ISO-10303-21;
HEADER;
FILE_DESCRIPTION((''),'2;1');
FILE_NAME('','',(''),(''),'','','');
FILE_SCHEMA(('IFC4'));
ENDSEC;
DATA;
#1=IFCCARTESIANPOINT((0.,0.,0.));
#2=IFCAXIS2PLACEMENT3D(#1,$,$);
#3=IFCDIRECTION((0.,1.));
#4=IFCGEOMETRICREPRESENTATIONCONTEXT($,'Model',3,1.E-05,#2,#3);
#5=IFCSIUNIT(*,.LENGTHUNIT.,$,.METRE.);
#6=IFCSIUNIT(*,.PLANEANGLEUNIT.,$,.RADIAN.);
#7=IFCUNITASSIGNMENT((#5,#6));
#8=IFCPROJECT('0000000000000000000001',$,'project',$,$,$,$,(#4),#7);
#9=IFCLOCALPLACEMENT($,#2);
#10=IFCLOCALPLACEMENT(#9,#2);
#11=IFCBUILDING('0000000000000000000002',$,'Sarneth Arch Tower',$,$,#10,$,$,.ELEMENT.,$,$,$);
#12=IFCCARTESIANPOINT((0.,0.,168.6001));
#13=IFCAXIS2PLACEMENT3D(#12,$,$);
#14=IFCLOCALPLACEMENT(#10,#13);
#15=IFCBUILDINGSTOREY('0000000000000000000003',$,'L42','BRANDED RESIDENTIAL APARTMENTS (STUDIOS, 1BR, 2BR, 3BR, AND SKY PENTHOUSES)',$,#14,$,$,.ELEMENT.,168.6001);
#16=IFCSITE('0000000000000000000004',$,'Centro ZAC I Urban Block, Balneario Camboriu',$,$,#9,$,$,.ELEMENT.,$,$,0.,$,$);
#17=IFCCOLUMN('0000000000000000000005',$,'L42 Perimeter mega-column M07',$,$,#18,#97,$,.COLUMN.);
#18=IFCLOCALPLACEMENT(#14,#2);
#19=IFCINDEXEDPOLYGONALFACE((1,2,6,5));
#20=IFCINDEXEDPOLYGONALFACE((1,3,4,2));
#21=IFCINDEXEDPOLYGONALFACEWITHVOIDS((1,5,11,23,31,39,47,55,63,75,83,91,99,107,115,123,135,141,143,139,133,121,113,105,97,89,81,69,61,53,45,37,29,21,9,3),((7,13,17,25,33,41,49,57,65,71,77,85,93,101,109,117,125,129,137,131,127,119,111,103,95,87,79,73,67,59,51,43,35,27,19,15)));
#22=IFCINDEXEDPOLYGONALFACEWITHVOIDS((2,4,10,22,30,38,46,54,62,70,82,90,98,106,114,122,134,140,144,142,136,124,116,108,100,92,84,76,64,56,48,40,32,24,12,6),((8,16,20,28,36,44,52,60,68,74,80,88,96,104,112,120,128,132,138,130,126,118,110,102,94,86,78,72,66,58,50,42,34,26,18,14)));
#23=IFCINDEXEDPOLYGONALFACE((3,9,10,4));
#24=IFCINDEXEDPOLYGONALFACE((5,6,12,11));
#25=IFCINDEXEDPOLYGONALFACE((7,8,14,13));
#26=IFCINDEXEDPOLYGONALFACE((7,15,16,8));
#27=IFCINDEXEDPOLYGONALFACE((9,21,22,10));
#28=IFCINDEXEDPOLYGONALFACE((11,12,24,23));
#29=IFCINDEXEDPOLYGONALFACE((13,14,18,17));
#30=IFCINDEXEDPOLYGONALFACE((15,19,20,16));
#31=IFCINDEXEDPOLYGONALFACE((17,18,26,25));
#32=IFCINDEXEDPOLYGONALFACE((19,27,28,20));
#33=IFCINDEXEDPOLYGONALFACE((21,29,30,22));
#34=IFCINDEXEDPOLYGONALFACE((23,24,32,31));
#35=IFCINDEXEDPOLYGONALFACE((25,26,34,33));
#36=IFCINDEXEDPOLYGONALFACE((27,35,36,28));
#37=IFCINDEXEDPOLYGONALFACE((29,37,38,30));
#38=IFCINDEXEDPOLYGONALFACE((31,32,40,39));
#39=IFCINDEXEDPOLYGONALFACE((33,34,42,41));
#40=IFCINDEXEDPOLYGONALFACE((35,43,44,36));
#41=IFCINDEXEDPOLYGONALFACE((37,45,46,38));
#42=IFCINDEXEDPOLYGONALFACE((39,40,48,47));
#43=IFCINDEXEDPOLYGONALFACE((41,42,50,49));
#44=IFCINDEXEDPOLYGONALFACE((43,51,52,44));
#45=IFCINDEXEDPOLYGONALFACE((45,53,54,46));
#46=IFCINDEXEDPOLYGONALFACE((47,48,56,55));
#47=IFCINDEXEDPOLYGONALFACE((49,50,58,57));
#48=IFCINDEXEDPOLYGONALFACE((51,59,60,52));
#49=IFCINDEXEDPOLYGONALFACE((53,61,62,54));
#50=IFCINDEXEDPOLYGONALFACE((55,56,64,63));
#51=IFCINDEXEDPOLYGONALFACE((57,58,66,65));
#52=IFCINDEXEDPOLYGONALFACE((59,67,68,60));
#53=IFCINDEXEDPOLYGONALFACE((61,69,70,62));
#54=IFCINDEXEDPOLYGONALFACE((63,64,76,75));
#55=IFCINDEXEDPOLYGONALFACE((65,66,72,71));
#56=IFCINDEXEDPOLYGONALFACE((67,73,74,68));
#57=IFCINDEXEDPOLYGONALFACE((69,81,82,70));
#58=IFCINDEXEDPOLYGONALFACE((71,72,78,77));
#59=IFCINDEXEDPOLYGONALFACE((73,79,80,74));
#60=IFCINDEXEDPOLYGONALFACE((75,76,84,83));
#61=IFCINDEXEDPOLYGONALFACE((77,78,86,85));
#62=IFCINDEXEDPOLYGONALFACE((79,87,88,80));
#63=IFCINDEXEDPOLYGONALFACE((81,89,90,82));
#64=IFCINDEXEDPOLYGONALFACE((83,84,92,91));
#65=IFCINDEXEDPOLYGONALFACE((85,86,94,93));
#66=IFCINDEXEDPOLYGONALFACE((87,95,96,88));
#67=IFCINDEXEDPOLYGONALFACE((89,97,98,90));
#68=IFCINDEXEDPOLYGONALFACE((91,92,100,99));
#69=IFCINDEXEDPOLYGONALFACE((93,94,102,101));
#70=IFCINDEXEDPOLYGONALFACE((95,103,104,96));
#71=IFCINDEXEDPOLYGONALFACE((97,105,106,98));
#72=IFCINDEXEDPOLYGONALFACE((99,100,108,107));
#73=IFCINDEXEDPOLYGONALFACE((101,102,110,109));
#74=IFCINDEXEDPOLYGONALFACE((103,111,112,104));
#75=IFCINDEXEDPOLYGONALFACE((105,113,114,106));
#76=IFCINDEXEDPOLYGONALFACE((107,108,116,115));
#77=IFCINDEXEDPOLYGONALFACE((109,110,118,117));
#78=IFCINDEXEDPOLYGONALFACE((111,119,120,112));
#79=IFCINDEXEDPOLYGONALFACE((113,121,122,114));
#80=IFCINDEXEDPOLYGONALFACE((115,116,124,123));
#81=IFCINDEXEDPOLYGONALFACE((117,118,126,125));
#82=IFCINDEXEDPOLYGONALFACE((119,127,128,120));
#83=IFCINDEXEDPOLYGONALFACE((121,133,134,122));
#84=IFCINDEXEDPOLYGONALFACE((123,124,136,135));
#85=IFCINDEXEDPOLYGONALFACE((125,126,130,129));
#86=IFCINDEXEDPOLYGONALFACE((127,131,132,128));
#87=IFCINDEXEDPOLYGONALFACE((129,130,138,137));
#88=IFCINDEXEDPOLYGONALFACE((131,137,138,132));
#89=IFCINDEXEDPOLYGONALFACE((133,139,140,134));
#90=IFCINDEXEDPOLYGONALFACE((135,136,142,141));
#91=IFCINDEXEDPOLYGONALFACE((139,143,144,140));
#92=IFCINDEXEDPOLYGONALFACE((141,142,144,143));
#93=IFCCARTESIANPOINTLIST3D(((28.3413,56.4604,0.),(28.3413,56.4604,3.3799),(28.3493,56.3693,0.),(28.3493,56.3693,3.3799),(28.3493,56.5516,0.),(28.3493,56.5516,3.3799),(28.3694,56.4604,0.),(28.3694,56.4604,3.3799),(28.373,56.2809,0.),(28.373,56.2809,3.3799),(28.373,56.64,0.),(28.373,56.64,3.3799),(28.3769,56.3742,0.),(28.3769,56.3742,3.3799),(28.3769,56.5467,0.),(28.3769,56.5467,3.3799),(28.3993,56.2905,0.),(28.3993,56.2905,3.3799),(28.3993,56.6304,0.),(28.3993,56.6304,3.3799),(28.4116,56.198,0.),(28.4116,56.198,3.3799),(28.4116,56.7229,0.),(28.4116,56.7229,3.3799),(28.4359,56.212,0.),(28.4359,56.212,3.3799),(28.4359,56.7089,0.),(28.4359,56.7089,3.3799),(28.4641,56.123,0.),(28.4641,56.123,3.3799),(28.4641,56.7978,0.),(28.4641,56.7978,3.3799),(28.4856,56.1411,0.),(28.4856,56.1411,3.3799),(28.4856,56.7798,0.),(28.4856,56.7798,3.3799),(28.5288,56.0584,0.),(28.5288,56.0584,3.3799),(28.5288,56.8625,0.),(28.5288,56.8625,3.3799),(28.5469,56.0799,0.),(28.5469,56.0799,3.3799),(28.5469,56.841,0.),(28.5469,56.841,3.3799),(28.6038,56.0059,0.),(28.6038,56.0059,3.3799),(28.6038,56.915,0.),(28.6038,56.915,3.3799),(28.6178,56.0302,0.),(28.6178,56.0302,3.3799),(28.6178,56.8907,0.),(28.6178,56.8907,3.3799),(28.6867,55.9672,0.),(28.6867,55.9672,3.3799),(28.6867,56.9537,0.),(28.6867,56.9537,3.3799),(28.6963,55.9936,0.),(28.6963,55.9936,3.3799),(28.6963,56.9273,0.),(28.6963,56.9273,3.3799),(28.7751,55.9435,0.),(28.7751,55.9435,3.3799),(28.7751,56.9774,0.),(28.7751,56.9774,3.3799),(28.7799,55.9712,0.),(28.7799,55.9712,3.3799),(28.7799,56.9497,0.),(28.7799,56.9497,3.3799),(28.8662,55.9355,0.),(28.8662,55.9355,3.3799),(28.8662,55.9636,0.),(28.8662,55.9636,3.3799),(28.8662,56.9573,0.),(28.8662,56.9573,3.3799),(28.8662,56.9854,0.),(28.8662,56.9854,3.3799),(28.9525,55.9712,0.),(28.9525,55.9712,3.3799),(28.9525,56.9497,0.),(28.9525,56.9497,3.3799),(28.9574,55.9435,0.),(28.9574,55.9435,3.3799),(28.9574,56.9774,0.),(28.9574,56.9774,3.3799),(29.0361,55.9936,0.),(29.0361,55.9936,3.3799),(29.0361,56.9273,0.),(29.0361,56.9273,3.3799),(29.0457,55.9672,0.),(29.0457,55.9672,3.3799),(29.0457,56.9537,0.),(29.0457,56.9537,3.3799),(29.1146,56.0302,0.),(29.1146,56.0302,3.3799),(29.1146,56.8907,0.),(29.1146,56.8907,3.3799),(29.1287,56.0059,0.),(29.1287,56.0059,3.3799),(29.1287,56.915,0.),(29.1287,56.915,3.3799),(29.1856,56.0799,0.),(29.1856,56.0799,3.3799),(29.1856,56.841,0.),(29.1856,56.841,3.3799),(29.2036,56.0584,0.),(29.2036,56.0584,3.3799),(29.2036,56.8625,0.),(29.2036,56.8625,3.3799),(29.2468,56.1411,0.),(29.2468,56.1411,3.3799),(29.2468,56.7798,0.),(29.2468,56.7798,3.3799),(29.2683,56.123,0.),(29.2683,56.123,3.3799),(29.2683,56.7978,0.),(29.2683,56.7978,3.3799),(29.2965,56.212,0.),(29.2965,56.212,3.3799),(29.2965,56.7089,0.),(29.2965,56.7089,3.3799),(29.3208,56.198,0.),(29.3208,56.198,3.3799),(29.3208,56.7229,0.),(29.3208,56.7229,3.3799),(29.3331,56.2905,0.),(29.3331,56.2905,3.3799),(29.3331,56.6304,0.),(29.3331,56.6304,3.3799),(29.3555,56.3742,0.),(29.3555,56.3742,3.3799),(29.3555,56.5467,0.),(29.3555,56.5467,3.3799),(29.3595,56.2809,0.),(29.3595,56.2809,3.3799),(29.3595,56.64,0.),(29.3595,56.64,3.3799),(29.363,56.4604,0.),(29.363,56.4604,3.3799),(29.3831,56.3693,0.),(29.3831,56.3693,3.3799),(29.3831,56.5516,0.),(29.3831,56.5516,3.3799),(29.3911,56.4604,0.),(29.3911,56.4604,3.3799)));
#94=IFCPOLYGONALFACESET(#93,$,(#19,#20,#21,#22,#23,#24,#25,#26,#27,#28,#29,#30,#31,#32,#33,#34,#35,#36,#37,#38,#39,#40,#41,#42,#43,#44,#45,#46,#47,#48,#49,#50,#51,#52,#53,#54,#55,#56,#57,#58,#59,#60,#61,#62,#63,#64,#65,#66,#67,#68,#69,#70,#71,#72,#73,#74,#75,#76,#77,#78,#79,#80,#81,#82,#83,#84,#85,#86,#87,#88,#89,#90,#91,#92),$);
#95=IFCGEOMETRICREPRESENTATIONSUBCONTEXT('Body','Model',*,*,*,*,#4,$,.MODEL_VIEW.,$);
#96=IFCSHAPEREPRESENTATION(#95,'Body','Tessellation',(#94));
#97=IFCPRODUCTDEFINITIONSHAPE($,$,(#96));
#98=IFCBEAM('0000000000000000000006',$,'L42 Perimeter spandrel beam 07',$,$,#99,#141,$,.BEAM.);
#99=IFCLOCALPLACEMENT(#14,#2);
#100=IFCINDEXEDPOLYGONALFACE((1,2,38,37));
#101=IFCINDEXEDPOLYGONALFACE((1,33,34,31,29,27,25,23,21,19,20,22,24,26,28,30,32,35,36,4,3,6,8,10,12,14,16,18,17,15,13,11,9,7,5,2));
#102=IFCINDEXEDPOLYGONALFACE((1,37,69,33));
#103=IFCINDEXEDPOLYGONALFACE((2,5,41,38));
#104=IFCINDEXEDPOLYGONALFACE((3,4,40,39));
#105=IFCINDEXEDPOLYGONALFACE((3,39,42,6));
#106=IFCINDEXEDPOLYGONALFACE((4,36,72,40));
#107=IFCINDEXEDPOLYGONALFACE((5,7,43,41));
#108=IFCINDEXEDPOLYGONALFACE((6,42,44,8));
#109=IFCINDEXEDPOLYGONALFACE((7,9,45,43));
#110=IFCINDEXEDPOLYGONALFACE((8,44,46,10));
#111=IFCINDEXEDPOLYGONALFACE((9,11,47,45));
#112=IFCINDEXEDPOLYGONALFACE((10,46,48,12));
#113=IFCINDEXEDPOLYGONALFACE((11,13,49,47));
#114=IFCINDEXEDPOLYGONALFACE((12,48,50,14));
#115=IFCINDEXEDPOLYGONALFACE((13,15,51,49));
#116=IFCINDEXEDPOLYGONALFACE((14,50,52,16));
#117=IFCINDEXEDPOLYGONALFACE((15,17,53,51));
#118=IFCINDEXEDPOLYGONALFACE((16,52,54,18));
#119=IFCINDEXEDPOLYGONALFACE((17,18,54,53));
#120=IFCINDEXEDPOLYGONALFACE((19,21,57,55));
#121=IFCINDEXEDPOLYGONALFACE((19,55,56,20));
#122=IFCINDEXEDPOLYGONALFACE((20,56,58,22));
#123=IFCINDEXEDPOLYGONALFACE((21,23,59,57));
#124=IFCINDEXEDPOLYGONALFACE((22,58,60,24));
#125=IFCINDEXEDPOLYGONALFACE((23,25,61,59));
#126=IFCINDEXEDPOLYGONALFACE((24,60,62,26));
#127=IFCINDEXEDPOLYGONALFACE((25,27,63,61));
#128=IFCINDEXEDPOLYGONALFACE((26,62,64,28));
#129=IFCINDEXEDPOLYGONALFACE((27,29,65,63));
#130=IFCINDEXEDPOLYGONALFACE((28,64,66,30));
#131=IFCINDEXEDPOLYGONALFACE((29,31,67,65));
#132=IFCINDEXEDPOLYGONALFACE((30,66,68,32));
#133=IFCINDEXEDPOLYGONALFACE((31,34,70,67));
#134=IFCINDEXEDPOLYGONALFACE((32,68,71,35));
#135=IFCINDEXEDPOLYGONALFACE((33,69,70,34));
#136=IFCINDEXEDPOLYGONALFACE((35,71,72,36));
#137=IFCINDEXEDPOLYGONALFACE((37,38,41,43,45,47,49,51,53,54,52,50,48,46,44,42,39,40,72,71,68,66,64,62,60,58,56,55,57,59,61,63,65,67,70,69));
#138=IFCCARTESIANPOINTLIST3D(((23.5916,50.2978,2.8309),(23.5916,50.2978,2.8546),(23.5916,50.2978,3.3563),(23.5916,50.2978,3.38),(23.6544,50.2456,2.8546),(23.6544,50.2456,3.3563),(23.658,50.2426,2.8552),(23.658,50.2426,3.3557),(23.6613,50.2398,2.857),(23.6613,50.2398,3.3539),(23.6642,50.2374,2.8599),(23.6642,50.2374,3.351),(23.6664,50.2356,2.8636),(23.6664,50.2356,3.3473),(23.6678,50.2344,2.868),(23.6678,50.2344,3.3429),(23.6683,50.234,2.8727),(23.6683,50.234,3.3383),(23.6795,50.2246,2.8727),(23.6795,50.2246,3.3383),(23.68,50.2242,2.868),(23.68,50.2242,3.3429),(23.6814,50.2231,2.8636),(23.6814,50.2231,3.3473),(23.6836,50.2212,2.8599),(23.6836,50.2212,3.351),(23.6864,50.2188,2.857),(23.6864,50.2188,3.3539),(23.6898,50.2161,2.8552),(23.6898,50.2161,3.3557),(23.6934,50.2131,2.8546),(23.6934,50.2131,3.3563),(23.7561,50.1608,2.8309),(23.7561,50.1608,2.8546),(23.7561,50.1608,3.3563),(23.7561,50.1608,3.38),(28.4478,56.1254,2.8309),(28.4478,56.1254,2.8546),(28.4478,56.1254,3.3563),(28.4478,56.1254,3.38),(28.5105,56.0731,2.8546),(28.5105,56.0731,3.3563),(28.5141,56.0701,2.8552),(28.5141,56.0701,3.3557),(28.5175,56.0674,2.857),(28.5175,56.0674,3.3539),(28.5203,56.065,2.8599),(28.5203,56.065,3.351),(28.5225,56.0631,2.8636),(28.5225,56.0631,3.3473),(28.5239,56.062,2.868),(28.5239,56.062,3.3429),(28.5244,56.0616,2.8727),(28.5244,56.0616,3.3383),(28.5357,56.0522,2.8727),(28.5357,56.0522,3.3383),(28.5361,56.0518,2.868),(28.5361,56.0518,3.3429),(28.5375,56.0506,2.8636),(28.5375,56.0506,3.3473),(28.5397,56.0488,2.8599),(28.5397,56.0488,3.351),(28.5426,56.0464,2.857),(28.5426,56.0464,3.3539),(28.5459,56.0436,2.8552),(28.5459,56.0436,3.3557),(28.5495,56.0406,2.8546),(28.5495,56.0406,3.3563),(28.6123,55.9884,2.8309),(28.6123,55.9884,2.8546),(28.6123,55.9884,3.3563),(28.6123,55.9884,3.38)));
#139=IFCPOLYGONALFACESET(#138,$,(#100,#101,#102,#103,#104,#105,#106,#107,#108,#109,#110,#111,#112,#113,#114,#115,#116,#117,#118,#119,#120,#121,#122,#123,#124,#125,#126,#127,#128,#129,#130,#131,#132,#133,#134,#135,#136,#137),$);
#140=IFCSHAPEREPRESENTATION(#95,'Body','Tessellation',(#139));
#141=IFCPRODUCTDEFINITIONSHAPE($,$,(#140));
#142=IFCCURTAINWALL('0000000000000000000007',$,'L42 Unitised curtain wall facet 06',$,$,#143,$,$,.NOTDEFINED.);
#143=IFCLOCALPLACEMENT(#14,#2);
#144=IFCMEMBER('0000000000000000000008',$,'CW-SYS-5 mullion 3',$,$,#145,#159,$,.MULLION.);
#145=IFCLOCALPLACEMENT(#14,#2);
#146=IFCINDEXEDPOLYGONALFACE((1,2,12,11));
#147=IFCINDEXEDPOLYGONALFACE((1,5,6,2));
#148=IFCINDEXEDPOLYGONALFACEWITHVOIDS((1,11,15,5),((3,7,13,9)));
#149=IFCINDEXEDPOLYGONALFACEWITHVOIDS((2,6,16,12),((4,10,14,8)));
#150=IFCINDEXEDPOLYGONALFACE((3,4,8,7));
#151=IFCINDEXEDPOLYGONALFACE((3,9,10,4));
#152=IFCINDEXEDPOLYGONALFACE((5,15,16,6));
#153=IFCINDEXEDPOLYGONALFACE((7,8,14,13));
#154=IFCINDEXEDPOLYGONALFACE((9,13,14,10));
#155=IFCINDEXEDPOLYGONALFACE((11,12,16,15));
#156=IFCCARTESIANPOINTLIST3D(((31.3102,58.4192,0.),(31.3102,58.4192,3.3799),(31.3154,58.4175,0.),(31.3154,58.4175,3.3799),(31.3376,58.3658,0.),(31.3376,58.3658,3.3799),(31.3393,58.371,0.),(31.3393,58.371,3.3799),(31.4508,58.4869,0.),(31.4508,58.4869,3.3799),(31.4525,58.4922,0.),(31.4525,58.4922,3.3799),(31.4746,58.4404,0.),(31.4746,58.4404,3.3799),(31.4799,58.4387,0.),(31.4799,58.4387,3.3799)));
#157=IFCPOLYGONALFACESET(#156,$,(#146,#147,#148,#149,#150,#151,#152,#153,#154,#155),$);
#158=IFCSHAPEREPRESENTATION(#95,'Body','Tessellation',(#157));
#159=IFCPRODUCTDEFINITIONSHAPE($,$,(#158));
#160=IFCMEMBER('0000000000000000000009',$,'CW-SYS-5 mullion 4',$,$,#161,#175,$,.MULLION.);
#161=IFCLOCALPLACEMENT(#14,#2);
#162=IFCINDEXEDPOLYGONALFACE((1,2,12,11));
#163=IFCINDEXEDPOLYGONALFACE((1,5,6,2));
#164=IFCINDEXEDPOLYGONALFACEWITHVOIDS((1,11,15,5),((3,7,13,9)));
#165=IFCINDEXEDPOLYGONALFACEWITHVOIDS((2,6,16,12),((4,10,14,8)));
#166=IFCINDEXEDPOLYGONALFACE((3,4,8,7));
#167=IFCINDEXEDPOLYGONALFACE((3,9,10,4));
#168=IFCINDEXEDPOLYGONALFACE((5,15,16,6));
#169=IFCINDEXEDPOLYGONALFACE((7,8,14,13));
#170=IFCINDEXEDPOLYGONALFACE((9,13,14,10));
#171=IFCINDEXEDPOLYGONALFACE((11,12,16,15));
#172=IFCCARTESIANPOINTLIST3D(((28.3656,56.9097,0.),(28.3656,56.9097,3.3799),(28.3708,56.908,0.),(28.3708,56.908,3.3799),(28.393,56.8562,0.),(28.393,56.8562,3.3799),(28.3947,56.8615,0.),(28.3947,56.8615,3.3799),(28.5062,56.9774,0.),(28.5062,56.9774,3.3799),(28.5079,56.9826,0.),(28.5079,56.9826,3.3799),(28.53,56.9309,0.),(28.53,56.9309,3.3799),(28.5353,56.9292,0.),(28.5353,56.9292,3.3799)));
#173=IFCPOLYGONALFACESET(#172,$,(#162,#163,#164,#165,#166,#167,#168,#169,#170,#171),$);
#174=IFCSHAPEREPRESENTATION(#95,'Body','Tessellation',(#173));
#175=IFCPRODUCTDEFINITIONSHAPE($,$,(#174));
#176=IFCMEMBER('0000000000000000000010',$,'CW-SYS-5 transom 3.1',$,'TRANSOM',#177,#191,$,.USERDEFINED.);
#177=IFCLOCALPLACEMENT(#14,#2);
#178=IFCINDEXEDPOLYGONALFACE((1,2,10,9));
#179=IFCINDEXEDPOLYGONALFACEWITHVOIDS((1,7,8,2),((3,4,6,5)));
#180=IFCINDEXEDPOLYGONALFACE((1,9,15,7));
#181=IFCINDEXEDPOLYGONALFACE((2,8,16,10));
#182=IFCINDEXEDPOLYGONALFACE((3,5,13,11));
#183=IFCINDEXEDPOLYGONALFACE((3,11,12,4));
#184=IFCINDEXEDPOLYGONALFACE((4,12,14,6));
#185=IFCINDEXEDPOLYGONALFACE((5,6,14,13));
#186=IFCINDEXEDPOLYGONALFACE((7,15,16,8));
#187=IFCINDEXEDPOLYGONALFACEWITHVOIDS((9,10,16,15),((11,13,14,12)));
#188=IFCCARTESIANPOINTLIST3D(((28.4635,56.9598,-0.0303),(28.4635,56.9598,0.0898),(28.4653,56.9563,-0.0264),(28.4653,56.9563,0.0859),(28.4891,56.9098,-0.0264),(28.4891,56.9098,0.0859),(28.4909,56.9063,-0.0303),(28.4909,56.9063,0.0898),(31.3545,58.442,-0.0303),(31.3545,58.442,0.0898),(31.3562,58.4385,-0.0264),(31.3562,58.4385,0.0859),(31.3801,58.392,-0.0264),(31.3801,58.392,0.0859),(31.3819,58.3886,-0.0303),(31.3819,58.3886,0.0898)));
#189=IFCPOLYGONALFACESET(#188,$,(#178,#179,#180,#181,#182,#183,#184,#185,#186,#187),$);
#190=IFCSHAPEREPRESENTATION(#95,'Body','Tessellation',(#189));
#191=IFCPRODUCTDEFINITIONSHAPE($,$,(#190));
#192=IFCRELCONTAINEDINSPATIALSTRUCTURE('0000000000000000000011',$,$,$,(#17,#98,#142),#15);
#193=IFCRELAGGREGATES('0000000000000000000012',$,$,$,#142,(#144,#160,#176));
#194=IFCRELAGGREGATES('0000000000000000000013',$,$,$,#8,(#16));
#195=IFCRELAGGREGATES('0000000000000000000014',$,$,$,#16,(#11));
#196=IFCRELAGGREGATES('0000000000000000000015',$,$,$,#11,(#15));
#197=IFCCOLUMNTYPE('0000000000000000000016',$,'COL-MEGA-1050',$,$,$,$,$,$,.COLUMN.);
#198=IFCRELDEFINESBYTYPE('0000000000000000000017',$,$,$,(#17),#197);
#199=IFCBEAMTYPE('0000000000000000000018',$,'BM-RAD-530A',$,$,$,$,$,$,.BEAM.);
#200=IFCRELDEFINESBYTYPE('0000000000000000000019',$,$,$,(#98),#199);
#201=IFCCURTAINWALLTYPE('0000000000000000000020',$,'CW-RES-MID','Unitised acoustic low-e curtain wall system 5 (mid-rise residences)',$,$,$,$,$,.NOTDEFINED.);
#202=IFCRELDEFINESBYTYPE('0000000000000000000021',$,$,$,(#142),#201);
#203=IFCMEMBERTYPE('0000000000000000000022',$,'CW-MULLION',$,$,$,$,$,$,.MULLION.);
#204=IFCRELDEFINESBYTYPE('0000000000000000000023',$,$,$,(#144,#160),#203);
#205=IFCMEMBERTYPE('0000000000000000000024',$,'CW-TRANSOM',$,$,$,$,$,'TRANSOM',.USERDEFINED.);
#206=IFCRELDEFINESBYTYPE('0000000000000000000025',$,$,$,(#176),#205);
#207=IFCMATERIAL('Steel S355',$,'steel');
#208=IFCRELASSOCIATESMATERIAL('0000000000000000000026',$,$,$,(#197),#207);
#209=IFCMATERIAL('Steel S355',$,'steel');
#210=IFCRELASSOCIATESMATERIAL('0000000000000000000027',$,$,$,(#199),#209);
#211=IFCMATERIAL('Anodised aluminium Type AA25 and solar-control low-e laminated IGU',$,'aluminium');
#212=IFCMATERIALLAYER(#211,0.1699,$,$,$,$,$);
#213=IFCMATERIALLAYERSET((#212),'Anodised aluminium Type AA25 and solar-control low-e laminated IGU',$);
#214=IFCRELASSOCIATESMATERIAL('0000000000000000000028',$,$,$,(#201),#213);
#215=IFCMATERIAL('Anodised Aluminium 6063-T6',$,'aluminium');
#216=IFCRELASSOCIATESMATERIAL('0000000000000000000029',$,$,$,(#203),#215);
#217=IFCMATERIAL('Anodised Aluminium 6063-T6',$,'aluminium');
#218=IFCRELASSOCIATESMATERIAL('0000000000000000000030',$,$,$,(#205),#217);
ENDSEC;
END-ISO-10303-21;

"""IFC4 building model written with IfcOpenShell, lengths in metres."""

from ifc_helpers import new_model, si_unit, direction, frame, origin, origin_2d, place, context, subcontext, project, spatial, hollow_rectangle, hollow_circle, i_section, extrude, material, layer, layer_set, material_profile, profile_set, type_object, element, aggregate, save


model = new_model("IFC4")

# Units and contexts
model_context = context("Model", 3, precision=1e-05, world=origin(), true_north=direction((0.0, 1.0)))
body_context = subcontext(model_context, "Body", "Model", "MODEL_VIEW")
ifc_project = project(units=[si_unit("LENGTHUNIT", "METRE"), si_unit("PLANEANGLEUNIT", "RADIAN")], contexts=[model_context])

# Site, building, storey
site_placement = place(None, origin())
site = spatial("IfcSite", under=ifc_project, at=site_placement, Name="Centro ZAC I Urban Block, Balneario Camboriu", CompositionType="ELEMENT", RefElevation=0.0)
building_placement = place(site_placement, origin())
building = spatial("IfcBuilding", under=site, at=building_placement, Name="Sarneth Arch Tower", CompositionType="ELEMENT")
storey_placement = place(building_placement, frame((0.0, 0.0, 168.6001)))
storey = spatial("IfcBuildingStorey", under=building, at=storey_placement, Name="L42", Description="BRANDED RESIDENTIAL APARTMENTS (STUDIOS, 1BR, 2BR, 3BR, AND SKY PENTHOUSES)", CompositionType="ELEMENT", Elevation=168.6001)

# Column
ifc_material_1 = material(Name="Steel S355", Category="steel")
ifc_material_profile_1 = material_profile(ifc_material_1, hollow_circle(Radius=0.5249, WallThickness=0.0281, at=origin_2d()), Name="CHS1050x28")
ifc_profile_set_1 = profile_set([ifc_material_profile_1], Name="Steel S355")
column_type = type_object("IfcColumnType", Name="COL-MEGA-1050", PredefinedType="COLUMN", material=ifc_profile_set_1)
column_placement = place(storey_placement, frame((28.8662, 56.4604, 0.0), z_axis=(0.0, 0.0, 1.0), x_axis=(1.0, 0.0, 0.0)))
element("IfcColumn", 1, at=column_placement, inside=storey, type_object=column_type, Name="L42 Perimeter mega-column M07", PredefinedType="COLUMN", context=body_context, shape_type="SweptSolid", body=[
    extrude(hollow_circle(Radius=0.5249, WallThickness=0.0281, at=origin_2d()), origin(), (0.0, 0.0, 1.0), 3.3799),
])

# Beam
ifc_material_2 = material(Name="Steel S355", Category="steel")
ifc_material_profile_2 = material_profile(ifc_material_2, i_section(OverallWidth=0.2141, OverallDepth=0.5491, WebThickness=0.0146, FlangeThickness=0.0237, FilletRadius=0.0181, at=origin_2d()), Name="W530x138")
ifc_profile_set_2 = profile_set([ifc_material_profile_2], Name="Steel S355")
beam_type = type_object("IfcBeamType", Name="BM-RAD-530A", PredefinedType="BEAM", material=ifc_profile_set_2)
beam_placement = place(storey_placement, frame((28.53, 56.0569, 3.1055), z_axis=(-0.640172, -0.768232, 0.0), x_axis=(0.768232, -0.640172, 0.0)))
element("IfcBeam", 2, at=beam_placement, inside=storey, type_object=beam_type, Name="L42 Perimeter spandrel beam 07", PredefinedType="BEAM", context=body_context, shape_type="SweptSolid", body=[
    extrude(i_section(OverallWidth=0.2141, OverallDepth=0.5491, WebThickness=0.0146, FlangeThickness=0.0237, FilletRadius=0.0181, at=origin_2d()), origin(), (0.0, 0.0, 1.0), 7.5857),
])

# Curtain wall, members
ifc_material_3 = material(Name="Anodised aluminium Type AA25 and solar-control low-e laminated IGU", Category="aluminium")
ifc_layer_1 = layer(ifc_material_3, 0.1699)
ifc_layer_set_1 = layer_set([ifc_layer_1], Name="Anodised aluminium Type AA25 and solar-control low-e laminated IGU")
curtain_wall_type = type_object("IfcCurtainWallType", Name="CW-RES-MID", Description="Unitised acoustic low-e curtain wall system 5 (mid-rise residences)", PredefinedType="NOTDEFINED", material=ifc_layer_set_1)
curtain_wall_placement = place(storey_placement, origin())
curtain_wall = element("IfcCurtainWall", 3, at=curtain_wall_placement, inside=storey, type_object=curtain_wall_type, Name="L42 Unitised curtain wall facet 06", PredefinedType="NOTDEFINED")
ifc_material_4 = material(Name="Anodised Aluminium 6063-T6", Category="aluminium")
ifc_material_profile_3 = material_profile(ifc_material_4, hollow_rectangle(XDim=0.0601, YDim=0.1599, WallThickness=0.0039, at=origin_2d()), Name="AL-MULL-160x60x4")
ifc_profile_set_3 = profile_set([ifc_material_profile_3], Name="Anodised Aluminium 6063-T6")
member_type_1 = type_object("IfcMemberType", Name="CW-MULLION", PredefinedType="MULLION", material=ifc_profile_set_3)
member_1_placement = place(storey_placement, frame((31.395, 58.429, 0.0), z_axis=(0.0, 0.0, 1.0), x_axis=(0.456208, -0.889873, 0.0)))
member_1 = element("IfcMember", 4, at=member_1_placement, type_object=member_type_1, Name="CW-SYS-5 mullion 3", PredefinedType="MULLION", context=body_context, shape_type="SweptSolid", body=[
    extrude(hollow_rectangle(XDim=0.0601, YDim=0.1599, WallThickness=0.0039, at=origin_2d()), origin(), (0.0, 0.0, 1.0), 3.3799),
])
member_2_placement = place(storey_placement, frame((28.4504, 56.9194, 0.0), z_axis=(0.0, 0.0, 1.0), x_axis=(0.456208, -0.889873, 0.0)))
member_2 = element("IfcMember", 5, at=member_2_placement, type_object=member_type_1, Name="CW-SYS-5 mullion 4", PredefinedType="MULLION", context=body_context, shape_type="SweptSolid", body=[
    extrude(hollow_rectangle(XDim=0.0601, YDim=0.1599, WallThickness=0.0039, at=origin_2d()), origin(), (0.0, 0.0, 1.0), 3.3799),
])
ifc_material_5 = material(Name="Anodised Aluminium 6063-T6", Category="aluminium")
ifc_material_profile_4 = material_profile(ifc_material_5, hollow_rectangle(XDim=0.0601, YDim=0.1201, WallThickness=0.0039, at=origin_2d()), Name="AL-TRAN-120x60x4")
ifc_profile_set_4 = profile_set([ifc_material_profile_4], Name="Anodised Aluminium 6063-T6")
member_type_2 = type_object("IfcMemberType", Name="CW-TRANSOM", ElementType="TRANSOM", PredefinedType="USERDEFINED", material=ifc_profile_set_4)
member_3_placement = place(storey_placement, frame((31.3682, 58.4153, 0.0298), z_axis=(-0.889857, -0.456239, 0.0), x_axis=(0.456239, -0.889857, 0.0)))
member_3 = element("IfcMember", 6, at=member_3_placement, type_object=member_type_2, Name="CW-SYS-5 transom 3.1", ObjectType="TRANSOM", PredefinedType="USERDEFINED", context=body_context, shape_type="SweptSolid", body=[
    extrude(hollow_rectangle(XDim=0.0601, YDim=0.1201, WallThickness=0.0039, at=origin_2d()), origin(), (0.0, 0.0, 1.0), 3.2488),
])

aggregate(curtain_wall, [member_1, member_2, member_3])

save(model, "model.ifc")
